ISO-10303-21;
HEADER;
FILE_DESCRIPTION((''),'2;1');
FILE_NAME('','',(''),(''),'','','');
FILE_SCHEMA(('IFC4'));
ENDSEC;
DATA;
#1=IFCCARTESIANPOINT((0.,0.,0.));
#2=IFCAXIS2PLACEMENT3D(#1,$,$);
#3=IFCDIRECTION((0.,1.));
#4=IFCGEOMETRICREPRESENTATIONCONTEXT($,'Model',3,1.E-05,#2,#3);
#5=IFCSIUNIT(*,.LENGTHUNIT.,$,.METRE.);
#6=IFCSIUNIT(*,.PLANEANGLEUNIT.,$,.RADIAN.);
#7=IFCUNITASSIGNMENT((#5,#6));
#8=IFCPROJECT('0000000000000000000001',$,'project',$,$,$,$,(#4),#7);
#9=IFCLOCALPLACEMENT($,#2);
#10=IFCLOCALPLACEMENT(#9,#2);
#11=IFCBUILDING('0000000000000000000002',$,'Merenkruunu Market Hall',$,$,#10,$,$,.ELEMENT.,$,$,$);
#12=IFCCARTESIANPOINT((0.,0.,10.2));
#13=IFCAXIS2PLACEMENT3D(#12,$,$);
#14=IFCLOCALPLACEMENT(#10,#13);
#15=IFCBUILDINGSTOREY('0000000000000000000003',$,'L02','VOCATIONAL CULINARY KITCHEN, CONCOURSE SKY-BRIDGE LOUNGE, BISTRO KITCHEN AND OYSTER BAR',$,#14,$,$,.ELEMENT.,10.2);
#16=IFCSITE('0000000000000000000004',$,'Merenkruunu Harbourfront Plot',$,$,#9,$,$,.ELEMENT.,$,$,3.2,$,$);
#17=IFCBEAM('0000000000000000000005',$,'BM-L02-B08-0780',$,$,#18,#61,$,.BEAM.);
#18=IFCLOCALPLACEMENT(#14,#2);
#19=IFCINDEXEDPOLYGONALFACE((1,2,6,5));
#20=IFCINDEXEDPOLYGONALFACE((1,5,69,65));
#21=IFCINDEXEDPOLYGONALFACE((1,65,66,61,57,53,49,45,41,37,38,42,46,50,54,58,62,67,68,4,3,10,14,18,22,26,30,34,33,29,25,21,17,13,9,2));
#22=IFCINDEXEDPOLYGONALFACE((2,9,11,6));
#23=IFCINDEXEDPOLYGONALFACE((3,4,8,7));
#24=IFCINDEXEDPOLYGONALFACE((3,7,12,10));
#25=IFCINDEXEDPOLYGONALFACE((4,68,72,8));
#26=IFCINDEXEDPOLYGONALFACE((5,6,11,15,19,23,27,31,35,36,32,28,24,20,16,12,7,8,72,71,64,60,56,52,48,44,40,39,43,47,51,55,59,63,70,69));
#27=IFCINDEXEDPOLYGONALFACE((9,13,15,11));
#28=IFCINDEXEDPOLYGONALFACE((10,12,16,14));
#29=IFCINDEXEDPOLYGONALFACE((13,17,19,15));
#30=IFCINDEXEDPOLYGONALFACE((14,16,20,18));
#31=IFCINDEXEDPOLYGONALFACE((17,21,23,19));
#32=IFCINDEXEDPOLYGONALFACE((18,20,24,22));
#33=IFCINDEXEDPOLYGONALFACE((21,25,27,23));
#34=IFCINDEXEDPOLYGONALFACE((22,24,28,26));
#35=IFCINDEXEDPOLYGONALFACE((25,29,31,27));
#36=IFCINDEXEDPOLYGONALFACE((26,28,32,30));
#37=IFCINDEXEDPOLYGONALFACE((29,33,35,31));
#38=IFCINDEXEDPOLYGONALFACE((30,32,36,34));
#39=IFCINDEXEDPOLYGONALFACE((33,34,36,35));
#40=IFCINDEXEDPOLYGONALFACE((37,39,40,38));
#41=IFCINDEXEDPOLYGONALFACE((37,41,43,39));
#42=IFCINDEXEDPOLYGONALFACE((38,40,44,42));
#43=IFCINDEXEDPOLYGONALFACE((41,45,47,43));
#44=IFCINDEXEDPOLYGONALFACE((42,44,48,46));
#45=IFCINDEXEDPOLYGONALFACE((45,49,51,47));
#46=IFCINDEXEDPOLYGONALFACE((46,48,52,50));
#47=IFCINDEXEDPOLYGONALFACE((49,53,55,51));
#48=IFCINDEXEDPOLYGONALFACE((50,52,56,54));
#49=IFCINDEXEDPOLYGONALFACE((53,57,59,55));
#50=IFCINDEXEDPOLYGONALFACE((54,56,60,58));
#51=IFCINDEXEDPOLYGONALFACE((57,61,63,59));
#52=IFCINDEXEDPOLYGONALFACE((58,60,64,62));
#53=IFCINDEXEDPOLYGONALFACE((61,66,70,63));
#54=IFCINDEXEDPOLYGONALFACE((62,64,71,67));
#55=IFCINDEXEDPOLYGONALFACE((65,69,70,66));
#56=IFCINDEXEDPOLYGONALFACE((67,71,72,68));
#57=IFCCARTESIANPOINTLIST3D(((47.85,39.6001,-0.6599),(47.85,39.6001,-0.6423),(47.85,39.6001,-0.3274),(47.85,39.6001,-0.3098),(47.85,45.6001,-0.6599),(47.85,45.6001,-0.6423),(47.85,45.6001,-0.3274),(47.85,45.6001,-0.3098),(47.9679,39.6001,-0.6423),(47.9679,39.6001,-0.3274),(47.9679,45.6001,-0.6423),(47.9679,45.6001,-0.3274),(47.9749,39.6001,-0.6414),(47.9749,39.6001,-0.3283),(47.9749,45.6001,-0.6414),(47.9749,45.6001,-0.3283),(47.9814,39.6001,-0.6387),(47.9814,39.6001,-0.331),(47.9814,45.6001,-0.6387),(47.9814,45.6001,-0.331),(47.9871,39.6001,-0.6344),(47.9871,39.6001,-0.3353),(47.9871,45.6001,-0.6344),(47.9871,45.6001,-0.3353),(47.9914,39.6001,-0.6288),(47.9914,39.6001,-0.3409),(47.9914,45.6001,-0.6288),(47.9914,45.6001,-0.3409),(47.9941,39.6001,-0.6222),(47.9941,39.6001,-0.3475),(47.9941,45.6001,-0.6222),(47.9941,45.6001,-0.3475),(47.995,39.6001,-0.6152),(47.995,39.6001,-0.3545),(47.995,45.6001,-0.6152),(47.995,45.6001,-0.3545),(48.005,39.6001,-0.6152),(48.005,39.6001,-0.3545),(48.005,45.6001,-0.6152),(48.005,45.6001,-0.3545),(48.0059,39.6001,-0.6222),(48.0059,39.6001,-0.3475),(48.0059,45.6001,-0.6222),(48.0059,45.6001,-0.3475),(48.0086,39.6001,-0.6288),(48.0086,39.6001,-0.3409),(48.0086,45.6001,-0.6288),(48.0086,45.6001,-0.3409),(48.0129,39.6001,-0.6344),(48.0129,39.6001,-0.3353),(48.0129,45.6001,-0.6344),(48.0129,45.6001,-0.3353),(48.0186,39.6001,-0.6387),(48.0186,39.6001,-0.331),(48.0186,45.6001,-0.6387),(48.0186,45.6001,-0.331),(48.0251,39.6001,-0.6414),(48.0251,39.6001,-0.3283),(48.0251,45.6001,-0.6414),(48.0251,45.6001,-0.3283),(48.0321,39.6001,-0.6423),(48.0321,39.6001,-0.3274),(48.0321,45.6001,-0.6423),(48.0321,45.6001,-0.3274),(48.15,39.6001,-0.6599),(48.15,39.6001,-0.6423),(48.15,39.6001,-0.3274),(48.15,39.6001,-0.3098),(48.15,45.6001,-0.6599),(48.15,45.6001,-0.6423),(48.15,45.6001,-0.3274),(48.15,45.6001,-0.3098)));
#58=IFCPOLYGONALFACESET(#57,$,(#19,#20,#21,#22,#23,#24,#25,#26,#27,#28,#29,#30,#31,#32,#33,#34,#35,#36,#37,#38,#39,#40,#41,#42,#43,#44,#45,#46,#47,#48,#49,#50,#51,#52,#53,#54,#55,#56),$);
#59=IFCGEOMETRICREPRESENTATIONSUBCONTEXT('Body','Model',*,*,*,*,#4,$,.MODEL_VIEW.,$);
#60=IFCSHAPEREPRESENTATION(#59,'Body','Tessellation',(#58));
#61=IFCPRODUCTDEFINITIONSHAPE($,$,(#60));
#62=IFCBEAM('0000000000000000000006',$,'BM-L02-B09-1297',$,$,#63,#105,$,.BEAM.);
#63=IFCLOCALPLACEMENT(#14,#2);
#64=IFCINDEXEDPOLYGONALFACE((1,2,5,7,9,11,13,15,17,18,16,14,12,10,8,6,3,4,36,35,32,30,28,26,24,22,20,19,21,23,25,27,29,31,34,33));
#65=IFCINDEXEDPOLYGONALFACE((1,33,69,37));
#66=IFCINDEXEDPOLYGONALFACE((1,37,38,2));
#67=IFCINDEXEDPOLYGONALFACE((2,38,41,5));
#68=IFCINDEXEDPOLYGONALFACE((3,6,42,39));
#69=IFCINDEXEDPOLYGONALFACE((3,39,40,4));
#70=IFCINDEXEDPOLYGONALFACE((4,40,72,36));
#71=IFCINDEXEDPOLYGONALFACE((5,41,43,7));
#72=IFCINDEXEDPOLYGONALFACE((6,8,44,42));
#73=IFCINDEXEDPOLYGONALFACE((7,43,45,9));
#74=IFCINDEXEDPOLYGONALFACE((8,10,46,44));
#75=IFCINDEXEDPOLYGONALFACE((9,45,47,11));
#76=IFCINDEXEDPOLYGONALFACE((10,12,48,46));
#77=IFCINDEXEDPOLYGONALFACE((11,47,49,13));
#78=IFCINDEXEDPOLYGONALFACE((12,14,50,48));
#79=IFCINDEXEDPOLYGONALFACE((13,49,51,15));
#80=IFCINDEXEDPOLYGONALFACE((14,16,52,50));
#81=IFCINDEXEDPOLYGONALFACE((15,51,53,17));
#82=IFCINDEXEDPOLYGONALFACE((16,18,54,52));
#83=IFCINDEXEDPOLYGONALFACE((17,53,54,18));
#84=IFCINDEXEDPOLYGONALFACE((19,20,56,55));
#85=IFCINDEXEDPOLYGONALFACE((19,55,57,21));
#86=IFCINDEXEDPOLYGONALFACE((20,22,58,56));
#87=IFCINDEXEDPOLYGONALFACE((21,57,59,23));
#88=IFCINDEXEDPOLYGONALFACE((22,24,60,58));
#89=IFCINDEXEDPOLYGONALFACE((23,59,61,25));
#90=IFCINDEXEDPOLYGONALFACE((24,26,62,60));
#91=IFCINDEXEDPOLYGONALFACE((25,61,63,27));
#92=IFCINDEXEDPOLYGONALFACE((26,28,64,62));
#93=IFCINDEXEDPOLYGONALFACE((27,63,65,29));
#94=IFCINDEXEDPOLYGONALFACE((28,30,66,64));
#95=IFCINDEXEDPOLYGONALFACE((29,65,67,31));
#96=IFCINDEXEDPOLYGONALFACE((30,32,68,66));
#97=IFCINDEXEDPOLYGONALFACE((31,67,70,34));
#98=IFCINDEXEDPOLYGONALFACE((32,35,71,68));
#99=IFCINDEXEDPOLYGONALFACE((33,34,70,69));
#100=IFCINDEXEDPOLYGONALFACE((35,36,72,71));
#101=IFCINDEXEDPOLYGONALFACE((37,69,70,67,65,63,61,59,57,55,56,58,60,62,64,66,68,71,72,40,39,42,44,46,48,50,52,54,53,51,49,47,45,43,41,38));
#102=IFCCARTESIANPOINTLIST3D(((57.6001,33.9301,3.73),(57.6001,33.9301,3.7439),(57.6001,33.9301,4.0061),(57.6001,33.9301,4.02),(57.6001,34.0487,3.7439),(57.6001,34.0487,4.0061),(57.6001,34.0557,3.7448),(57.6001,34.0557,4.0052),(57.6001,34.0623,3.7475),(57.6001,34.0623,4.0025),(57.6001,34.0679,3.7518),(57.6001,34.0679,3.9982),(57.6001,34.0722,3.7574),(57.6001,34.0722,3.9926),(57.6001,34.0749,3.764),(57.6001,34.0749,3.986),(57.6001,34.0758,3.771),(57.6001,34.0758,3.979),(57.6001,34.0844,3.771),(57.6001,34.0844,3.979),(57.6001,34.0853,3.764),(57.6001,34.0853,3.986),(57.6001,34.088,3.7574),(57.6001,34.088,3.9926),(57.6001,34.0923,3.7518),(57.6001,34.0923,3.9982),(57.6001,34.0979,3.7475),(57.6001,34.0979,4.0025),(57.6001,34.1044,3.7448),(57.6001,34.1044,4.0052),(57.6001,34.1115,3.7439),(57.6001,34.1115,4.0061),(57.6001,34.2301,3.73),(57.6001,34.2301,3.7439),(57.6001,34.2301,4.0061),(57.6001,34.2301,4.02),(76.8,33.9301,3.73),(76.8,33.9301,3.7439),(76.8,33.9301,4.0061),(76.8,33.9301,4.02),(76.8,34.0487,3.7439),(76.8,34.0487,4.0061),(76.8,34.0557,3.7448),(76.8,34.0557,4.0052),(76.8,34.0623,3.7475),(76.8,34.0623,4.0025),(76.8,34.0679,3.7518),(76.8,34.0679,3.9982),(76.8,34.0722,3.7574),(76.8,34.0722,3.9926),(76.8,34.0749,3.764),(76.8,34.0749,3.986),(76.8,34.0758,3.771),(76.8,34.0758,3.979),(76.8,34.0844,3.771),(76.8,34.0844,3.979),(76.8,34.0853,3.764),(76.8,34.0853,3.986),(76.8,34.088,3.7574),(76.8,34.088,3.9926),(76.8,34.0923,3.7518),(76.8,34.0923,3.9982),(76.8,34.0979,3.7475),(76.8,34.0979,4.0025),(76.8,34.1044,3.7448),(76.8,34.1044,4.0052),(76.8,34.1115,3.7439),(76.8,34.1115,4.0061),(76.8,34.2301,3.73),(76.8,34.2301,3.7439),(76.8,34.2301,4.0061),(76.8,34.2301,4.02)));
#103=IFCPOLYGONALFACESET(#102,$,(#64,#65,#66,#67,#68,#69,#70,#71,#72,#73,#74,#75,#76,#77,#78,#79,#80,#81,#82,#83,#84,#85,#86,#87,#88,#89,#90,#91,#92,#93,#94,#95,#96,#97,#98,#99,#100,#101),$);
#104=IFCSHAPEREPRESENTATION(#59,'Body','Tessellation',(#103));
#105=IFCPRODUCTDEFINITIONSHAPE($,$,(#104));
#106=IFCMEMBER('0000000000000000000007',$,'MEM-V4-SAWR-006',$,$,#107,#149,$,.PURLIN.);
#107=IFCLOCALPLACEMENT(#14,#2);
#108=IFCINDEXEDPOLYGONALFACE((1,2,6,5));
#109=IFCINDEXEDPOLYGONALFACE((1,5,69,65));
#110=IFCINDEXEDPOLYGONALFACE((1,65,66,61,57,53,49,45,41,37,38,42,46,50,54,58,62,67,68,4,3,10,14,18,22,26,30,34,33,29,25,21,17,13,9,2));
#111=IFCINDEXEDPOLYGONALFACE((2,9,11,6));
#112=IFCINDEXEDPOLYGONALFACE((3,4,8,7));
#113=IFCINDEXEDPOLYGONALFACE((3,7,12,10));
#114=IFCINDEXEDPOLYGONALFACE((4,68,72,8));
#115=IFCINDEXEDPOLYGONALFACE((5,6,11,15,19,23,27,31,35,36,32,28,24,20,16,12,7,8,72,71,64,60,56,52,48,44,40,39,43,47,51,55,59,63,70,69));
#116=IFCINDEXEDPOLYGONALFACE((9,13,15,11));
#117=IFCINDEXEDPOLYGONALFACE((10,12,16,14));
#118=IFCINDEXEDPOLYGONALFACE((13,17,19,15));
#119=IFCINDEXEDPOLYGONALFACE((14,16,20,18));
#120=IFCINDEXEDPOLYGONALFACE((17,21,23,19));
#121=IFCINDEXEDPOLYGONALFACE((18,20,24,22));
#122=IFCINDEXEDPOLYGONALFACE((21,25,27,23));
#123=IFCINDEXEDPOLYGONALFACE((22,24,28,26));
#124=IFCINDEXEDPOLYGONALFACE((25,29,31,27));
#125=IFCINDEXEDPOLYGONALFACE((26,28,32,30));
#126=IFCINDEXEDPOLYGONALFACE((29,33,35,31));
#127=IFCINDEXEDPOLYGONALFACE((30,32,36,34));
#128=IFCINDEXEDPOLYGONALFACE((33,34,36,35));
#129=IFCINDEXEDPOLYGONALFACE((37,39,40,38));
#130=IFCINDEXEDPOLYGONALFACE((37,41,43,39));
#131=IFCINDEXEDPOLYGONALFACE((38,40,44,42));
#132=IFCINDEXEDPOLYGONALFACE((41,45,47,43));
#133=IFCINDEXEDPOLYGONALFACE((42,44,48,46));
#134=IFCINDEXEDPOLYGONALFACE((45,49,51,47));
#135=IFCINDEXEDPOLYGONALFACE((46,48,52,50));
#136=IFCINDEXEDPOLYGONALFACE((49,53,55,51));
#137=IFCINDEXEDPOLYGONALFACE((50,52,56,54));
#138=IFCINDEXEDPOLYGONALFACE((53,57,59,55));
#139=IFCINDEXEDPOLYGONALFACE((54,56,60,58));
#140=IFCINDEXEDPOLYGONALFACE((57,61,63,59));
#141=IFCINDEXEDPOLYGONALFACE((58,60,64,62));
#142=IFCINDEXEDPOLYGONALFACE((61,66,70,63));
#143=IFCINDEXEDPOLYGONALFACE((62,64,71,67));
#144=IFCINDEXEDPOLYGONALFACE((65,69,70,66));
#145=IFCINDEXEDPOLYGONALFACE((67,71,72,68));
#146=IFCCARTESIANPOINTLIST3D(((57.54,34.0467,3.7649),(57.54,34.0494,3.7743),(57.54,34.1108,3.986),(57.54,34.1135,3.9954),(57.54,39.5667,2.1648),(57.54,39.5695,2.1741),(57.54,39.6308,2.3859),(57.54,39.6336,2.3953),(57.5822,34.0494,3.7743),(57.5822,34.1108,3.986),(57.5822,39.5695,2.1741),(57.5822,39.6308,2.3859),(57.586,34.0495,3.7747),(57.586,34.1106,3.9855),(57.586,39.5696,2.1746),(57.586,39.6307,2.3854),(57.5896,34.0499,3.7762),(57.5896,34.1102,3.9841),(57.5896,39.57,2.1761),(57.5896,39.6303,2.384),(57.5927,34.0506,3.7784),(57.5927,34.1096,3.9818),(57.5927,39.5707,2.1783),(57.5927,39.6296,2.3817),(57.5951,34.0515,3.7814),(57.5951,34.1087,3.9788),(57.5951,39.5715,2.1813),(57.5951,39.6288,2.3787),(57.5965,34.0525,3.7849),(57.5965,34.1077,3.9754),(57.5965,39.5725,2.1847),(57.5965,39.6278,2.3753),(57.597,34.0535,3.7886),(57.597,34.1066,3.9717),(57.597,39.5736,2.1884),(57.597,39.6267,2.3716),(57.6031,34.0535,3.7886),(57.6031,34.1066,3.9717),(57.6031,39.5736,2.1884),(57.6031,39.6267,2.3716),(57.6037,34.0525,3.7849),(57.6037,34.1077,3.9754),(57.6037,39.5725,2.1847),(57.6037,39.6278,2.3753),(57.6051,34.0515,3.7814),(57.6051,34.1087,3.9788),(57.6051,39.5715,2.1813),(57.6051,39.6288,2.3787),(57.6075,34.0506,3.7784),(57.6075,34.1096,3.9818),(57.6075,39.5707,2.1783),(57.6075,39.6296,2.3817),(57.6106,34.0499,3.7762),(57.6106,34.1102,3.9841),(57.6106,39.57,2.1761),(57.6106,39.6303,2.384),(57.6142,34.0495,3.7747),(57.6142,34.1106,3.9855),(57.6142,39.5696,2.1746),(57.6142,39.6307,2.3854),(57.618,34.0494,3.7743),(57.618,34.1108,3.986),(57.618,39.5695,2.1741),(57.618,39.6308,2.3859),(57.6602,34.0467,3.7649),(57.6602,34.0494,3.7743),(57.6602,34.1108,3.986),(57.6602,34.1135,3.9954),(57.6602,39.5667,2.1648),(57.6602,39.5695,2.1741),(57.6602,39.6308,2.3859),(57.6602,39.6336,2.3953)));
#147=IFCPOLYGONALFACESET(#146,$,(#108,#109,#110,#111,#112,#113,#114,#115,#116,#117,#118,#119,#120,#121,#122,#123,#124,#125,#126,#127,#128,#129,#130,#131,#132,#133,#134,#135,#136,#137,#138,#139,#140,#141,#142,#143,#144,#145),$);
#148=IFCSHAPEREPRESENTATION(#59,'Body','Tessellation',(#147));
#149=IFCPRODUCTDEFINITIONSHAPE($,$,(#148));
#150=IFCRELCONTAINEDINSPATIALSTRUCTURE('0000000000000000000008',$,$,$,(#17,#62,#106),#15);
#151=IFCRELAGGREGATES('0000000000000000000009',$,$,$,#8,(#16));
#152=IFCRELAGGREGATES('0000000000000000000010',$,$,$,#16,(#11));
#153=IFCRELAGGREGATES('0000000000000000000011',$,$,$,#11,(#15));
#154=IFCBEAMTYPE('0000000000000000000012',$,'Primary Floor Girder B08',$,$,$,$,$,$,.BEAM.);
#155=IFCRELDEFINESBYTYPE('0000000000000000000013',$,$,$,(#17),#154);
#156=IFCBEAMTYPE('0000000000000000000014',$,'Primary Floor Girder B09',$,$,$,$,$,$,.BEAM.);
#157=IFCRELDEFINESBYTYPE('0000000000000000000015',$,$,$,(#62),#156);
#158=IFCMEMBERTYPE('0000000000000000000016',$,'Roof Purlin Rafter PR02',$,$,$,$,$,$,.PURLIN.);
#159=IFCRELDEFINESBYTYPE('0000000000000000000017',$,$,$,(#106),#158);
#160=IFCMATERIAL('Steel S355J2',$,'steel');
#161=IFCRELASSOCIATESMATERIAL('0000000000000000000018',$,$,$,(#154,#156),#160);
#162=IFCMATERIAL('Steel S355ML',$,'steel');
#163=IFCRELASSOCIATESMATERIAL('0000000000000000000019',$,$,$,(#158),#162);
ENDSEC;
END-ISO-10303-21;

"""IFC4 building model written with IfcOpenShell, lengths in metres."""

from ifc_helpers import new_model, si_unit, direction, frame, origin, origin_2d, place, context, subcontext, project, spatial, i_section, extrude, material, material_profile, profile_set, type_object, element, save


model = new_model("IFC4")

# Units and contexts
model_context = context("Model", 3, precision=1e-05, world=origin(), true_north=direction((0.0, 1.0)))
body_context = subcontext(model_context, "Body", "Model", "MODEL_VIEW")
ifc_project = project(units=[si_unit("LENGTHUNIT", "METRE"), si_unit("PLANEANGLEUNIT", "RADIAN")], contexts=[model_context])

# Site, building, storey
site_placement = place(None, origin())
site = spatial("IfcSite", under=ifc_project, at=site_placement, Name="Merenkruunu Harbourfront Plot", CompositionType="ELEMENT", RefElevation=3.2)
building_placement = place(site_placement, origin())
building = spatial("IfcBuilding", under=site, at=building_placement, Name="Merenkruunu Market Hall", CompositionType="ELEMENT")
storey_placement = place(building_placement, frame((0.0, 0.0, 10.2)))
storey = spatial("IfcBuildingStorey", under=building, at=storey_placement, Name="L02", Description="VOCATIONAL CULINARY KITCHEN, CONCOURSE SKY-BRIDGE LOUNGE, BISTRO KITCHEN AND OYSTER BAR", CompositionType="ELEMENT", Elevation=10.2)

# Shared definitions
ifc_material_1 = material(Name="Steel S355J2", Category="steel")
ifc_material_2 = material(Name="Steel S355ML", Category="steel")

# Beams
ifc_material_profile_1 = material_profile(ifc_material_1, i_section(OverallWidth=0.3, OverallDepth=0.3501, WebThickness=0.01, FlangeThickness=0.0176, FilletRadius=0.0271, at=origin_2d()), Name="HEA 360")
ifc_profile_set_1 = profile_set([ifc_material_profile_1], Name="Steel S355J2")
beam_type_1 = type_object("IfcBeamType", Name="Primary Floor Girder B08", PredefinedType="BEAM", material=ifc_profile_set_1)
beam_1_placement = place(storey_placement, frame((48.0, 39.6001, -0.4849), z_axis=(0.0, 1.0, 0.0), x_axis=(-1.0, 0.0, 0.0)))
element("IfcBeam", 1, at=beam_1_placement, inside=storey, type_object=beam_type_1, Name="BM-L02-B08-0780", PredefinedType="BEAM", context=body_context, shape_type="SweptSolid", body=[
    extrude(i_section(OverallWidth=0.3, OverallDepth=0.3501, WebThickness=0.01, FlangeThickness=0.0176, FilletRadius=0.0271, at=origin_2d()), origin(), (0.0, 0.0, 1.0), 6.0),
])
ifc_material_profile_2 = material_profile(ifc_material_1, i_section(OverallWidth=0.3, OverallDepth=0.29, WebThickness=0.0085, FlangeThickness=0.0139, FilletRadius=0.0271, at=origin_2d()), Name="HEA 300")
ifc_profile_set_2 = profile_set([ifc_material_profile_2], Name="Steel S355J2")
beam_type_2 = type_object("IfcBeamType", Name="Primary Floor Girder B09", PredefinedType="BEAM", material=ifc_profile_set_2)
beam_2_placement = place(storey_placement, frame((57.6001, 34.0801, 3.875), z_axis=(1.0, 0.0, 0.0), x_axis=(0.0, 1.0, 0.0)))
element("IfcBeam", 2, at=beam_2_placement, inside=storey, type_object=beam_type_2, Name="BM-L02-B09-1297", PredefinedType="BEAM", context=body_context, shape_type="SweptSolid", body=[
    extrude(i_section(OverallWidth=0.3, OverallDepth=0.29, WebThickness=0.0085, FlangeThickness=0.0139, FilletRadius=0.0271, at=origin_2d()), origin(), (0.0, 0.0, 1.0), 19.2),
])

# Member
ifc_material_profile_3 = material_profile(ifc_material_2, i_section(OverallWidth=0.1201, OverallDepth=0.24, WebThickness=0.0061, FlangeThickness=0.0098, FilletRadius=0.0149, at=origin_2d()), Name="IPE 240")
ifc_profile_set_3 = profile_set([ifc_material_profile_3], Name="Steel S355ML")
member_type_1 = type_object("IfcMemberType", Name="Roof Purlin Rafter PR02", PredefinedType="PURLIN", material=ifc_profile_set_3)
member_1_placement = place(storey_placement, frame((57.6001, 34.0801, 3.8801), z_axis=(0.0, 0.960462, -0.278411), x_axis=(-1.0, 0.0, 0.0)))
element("IfcMember", 3, at=member_1_placement, inside=storey, type_object=member_type_1, Name="MEM-V4-SAWR-006", PredefinedType="PURLIN", context=body_context, shape_type="SweptSolid", body=[
    extrude(i_section(OverallWidth=0.1201, OverallDepth=0.24, WebThickness=0.0061, FlangeThickness=0.0098, FilletRadius=0.0149, at=origin_2d()), origin(), (0.0, 0.0, 1.0), 5.7473),
])

save(model, "model.ifc")
